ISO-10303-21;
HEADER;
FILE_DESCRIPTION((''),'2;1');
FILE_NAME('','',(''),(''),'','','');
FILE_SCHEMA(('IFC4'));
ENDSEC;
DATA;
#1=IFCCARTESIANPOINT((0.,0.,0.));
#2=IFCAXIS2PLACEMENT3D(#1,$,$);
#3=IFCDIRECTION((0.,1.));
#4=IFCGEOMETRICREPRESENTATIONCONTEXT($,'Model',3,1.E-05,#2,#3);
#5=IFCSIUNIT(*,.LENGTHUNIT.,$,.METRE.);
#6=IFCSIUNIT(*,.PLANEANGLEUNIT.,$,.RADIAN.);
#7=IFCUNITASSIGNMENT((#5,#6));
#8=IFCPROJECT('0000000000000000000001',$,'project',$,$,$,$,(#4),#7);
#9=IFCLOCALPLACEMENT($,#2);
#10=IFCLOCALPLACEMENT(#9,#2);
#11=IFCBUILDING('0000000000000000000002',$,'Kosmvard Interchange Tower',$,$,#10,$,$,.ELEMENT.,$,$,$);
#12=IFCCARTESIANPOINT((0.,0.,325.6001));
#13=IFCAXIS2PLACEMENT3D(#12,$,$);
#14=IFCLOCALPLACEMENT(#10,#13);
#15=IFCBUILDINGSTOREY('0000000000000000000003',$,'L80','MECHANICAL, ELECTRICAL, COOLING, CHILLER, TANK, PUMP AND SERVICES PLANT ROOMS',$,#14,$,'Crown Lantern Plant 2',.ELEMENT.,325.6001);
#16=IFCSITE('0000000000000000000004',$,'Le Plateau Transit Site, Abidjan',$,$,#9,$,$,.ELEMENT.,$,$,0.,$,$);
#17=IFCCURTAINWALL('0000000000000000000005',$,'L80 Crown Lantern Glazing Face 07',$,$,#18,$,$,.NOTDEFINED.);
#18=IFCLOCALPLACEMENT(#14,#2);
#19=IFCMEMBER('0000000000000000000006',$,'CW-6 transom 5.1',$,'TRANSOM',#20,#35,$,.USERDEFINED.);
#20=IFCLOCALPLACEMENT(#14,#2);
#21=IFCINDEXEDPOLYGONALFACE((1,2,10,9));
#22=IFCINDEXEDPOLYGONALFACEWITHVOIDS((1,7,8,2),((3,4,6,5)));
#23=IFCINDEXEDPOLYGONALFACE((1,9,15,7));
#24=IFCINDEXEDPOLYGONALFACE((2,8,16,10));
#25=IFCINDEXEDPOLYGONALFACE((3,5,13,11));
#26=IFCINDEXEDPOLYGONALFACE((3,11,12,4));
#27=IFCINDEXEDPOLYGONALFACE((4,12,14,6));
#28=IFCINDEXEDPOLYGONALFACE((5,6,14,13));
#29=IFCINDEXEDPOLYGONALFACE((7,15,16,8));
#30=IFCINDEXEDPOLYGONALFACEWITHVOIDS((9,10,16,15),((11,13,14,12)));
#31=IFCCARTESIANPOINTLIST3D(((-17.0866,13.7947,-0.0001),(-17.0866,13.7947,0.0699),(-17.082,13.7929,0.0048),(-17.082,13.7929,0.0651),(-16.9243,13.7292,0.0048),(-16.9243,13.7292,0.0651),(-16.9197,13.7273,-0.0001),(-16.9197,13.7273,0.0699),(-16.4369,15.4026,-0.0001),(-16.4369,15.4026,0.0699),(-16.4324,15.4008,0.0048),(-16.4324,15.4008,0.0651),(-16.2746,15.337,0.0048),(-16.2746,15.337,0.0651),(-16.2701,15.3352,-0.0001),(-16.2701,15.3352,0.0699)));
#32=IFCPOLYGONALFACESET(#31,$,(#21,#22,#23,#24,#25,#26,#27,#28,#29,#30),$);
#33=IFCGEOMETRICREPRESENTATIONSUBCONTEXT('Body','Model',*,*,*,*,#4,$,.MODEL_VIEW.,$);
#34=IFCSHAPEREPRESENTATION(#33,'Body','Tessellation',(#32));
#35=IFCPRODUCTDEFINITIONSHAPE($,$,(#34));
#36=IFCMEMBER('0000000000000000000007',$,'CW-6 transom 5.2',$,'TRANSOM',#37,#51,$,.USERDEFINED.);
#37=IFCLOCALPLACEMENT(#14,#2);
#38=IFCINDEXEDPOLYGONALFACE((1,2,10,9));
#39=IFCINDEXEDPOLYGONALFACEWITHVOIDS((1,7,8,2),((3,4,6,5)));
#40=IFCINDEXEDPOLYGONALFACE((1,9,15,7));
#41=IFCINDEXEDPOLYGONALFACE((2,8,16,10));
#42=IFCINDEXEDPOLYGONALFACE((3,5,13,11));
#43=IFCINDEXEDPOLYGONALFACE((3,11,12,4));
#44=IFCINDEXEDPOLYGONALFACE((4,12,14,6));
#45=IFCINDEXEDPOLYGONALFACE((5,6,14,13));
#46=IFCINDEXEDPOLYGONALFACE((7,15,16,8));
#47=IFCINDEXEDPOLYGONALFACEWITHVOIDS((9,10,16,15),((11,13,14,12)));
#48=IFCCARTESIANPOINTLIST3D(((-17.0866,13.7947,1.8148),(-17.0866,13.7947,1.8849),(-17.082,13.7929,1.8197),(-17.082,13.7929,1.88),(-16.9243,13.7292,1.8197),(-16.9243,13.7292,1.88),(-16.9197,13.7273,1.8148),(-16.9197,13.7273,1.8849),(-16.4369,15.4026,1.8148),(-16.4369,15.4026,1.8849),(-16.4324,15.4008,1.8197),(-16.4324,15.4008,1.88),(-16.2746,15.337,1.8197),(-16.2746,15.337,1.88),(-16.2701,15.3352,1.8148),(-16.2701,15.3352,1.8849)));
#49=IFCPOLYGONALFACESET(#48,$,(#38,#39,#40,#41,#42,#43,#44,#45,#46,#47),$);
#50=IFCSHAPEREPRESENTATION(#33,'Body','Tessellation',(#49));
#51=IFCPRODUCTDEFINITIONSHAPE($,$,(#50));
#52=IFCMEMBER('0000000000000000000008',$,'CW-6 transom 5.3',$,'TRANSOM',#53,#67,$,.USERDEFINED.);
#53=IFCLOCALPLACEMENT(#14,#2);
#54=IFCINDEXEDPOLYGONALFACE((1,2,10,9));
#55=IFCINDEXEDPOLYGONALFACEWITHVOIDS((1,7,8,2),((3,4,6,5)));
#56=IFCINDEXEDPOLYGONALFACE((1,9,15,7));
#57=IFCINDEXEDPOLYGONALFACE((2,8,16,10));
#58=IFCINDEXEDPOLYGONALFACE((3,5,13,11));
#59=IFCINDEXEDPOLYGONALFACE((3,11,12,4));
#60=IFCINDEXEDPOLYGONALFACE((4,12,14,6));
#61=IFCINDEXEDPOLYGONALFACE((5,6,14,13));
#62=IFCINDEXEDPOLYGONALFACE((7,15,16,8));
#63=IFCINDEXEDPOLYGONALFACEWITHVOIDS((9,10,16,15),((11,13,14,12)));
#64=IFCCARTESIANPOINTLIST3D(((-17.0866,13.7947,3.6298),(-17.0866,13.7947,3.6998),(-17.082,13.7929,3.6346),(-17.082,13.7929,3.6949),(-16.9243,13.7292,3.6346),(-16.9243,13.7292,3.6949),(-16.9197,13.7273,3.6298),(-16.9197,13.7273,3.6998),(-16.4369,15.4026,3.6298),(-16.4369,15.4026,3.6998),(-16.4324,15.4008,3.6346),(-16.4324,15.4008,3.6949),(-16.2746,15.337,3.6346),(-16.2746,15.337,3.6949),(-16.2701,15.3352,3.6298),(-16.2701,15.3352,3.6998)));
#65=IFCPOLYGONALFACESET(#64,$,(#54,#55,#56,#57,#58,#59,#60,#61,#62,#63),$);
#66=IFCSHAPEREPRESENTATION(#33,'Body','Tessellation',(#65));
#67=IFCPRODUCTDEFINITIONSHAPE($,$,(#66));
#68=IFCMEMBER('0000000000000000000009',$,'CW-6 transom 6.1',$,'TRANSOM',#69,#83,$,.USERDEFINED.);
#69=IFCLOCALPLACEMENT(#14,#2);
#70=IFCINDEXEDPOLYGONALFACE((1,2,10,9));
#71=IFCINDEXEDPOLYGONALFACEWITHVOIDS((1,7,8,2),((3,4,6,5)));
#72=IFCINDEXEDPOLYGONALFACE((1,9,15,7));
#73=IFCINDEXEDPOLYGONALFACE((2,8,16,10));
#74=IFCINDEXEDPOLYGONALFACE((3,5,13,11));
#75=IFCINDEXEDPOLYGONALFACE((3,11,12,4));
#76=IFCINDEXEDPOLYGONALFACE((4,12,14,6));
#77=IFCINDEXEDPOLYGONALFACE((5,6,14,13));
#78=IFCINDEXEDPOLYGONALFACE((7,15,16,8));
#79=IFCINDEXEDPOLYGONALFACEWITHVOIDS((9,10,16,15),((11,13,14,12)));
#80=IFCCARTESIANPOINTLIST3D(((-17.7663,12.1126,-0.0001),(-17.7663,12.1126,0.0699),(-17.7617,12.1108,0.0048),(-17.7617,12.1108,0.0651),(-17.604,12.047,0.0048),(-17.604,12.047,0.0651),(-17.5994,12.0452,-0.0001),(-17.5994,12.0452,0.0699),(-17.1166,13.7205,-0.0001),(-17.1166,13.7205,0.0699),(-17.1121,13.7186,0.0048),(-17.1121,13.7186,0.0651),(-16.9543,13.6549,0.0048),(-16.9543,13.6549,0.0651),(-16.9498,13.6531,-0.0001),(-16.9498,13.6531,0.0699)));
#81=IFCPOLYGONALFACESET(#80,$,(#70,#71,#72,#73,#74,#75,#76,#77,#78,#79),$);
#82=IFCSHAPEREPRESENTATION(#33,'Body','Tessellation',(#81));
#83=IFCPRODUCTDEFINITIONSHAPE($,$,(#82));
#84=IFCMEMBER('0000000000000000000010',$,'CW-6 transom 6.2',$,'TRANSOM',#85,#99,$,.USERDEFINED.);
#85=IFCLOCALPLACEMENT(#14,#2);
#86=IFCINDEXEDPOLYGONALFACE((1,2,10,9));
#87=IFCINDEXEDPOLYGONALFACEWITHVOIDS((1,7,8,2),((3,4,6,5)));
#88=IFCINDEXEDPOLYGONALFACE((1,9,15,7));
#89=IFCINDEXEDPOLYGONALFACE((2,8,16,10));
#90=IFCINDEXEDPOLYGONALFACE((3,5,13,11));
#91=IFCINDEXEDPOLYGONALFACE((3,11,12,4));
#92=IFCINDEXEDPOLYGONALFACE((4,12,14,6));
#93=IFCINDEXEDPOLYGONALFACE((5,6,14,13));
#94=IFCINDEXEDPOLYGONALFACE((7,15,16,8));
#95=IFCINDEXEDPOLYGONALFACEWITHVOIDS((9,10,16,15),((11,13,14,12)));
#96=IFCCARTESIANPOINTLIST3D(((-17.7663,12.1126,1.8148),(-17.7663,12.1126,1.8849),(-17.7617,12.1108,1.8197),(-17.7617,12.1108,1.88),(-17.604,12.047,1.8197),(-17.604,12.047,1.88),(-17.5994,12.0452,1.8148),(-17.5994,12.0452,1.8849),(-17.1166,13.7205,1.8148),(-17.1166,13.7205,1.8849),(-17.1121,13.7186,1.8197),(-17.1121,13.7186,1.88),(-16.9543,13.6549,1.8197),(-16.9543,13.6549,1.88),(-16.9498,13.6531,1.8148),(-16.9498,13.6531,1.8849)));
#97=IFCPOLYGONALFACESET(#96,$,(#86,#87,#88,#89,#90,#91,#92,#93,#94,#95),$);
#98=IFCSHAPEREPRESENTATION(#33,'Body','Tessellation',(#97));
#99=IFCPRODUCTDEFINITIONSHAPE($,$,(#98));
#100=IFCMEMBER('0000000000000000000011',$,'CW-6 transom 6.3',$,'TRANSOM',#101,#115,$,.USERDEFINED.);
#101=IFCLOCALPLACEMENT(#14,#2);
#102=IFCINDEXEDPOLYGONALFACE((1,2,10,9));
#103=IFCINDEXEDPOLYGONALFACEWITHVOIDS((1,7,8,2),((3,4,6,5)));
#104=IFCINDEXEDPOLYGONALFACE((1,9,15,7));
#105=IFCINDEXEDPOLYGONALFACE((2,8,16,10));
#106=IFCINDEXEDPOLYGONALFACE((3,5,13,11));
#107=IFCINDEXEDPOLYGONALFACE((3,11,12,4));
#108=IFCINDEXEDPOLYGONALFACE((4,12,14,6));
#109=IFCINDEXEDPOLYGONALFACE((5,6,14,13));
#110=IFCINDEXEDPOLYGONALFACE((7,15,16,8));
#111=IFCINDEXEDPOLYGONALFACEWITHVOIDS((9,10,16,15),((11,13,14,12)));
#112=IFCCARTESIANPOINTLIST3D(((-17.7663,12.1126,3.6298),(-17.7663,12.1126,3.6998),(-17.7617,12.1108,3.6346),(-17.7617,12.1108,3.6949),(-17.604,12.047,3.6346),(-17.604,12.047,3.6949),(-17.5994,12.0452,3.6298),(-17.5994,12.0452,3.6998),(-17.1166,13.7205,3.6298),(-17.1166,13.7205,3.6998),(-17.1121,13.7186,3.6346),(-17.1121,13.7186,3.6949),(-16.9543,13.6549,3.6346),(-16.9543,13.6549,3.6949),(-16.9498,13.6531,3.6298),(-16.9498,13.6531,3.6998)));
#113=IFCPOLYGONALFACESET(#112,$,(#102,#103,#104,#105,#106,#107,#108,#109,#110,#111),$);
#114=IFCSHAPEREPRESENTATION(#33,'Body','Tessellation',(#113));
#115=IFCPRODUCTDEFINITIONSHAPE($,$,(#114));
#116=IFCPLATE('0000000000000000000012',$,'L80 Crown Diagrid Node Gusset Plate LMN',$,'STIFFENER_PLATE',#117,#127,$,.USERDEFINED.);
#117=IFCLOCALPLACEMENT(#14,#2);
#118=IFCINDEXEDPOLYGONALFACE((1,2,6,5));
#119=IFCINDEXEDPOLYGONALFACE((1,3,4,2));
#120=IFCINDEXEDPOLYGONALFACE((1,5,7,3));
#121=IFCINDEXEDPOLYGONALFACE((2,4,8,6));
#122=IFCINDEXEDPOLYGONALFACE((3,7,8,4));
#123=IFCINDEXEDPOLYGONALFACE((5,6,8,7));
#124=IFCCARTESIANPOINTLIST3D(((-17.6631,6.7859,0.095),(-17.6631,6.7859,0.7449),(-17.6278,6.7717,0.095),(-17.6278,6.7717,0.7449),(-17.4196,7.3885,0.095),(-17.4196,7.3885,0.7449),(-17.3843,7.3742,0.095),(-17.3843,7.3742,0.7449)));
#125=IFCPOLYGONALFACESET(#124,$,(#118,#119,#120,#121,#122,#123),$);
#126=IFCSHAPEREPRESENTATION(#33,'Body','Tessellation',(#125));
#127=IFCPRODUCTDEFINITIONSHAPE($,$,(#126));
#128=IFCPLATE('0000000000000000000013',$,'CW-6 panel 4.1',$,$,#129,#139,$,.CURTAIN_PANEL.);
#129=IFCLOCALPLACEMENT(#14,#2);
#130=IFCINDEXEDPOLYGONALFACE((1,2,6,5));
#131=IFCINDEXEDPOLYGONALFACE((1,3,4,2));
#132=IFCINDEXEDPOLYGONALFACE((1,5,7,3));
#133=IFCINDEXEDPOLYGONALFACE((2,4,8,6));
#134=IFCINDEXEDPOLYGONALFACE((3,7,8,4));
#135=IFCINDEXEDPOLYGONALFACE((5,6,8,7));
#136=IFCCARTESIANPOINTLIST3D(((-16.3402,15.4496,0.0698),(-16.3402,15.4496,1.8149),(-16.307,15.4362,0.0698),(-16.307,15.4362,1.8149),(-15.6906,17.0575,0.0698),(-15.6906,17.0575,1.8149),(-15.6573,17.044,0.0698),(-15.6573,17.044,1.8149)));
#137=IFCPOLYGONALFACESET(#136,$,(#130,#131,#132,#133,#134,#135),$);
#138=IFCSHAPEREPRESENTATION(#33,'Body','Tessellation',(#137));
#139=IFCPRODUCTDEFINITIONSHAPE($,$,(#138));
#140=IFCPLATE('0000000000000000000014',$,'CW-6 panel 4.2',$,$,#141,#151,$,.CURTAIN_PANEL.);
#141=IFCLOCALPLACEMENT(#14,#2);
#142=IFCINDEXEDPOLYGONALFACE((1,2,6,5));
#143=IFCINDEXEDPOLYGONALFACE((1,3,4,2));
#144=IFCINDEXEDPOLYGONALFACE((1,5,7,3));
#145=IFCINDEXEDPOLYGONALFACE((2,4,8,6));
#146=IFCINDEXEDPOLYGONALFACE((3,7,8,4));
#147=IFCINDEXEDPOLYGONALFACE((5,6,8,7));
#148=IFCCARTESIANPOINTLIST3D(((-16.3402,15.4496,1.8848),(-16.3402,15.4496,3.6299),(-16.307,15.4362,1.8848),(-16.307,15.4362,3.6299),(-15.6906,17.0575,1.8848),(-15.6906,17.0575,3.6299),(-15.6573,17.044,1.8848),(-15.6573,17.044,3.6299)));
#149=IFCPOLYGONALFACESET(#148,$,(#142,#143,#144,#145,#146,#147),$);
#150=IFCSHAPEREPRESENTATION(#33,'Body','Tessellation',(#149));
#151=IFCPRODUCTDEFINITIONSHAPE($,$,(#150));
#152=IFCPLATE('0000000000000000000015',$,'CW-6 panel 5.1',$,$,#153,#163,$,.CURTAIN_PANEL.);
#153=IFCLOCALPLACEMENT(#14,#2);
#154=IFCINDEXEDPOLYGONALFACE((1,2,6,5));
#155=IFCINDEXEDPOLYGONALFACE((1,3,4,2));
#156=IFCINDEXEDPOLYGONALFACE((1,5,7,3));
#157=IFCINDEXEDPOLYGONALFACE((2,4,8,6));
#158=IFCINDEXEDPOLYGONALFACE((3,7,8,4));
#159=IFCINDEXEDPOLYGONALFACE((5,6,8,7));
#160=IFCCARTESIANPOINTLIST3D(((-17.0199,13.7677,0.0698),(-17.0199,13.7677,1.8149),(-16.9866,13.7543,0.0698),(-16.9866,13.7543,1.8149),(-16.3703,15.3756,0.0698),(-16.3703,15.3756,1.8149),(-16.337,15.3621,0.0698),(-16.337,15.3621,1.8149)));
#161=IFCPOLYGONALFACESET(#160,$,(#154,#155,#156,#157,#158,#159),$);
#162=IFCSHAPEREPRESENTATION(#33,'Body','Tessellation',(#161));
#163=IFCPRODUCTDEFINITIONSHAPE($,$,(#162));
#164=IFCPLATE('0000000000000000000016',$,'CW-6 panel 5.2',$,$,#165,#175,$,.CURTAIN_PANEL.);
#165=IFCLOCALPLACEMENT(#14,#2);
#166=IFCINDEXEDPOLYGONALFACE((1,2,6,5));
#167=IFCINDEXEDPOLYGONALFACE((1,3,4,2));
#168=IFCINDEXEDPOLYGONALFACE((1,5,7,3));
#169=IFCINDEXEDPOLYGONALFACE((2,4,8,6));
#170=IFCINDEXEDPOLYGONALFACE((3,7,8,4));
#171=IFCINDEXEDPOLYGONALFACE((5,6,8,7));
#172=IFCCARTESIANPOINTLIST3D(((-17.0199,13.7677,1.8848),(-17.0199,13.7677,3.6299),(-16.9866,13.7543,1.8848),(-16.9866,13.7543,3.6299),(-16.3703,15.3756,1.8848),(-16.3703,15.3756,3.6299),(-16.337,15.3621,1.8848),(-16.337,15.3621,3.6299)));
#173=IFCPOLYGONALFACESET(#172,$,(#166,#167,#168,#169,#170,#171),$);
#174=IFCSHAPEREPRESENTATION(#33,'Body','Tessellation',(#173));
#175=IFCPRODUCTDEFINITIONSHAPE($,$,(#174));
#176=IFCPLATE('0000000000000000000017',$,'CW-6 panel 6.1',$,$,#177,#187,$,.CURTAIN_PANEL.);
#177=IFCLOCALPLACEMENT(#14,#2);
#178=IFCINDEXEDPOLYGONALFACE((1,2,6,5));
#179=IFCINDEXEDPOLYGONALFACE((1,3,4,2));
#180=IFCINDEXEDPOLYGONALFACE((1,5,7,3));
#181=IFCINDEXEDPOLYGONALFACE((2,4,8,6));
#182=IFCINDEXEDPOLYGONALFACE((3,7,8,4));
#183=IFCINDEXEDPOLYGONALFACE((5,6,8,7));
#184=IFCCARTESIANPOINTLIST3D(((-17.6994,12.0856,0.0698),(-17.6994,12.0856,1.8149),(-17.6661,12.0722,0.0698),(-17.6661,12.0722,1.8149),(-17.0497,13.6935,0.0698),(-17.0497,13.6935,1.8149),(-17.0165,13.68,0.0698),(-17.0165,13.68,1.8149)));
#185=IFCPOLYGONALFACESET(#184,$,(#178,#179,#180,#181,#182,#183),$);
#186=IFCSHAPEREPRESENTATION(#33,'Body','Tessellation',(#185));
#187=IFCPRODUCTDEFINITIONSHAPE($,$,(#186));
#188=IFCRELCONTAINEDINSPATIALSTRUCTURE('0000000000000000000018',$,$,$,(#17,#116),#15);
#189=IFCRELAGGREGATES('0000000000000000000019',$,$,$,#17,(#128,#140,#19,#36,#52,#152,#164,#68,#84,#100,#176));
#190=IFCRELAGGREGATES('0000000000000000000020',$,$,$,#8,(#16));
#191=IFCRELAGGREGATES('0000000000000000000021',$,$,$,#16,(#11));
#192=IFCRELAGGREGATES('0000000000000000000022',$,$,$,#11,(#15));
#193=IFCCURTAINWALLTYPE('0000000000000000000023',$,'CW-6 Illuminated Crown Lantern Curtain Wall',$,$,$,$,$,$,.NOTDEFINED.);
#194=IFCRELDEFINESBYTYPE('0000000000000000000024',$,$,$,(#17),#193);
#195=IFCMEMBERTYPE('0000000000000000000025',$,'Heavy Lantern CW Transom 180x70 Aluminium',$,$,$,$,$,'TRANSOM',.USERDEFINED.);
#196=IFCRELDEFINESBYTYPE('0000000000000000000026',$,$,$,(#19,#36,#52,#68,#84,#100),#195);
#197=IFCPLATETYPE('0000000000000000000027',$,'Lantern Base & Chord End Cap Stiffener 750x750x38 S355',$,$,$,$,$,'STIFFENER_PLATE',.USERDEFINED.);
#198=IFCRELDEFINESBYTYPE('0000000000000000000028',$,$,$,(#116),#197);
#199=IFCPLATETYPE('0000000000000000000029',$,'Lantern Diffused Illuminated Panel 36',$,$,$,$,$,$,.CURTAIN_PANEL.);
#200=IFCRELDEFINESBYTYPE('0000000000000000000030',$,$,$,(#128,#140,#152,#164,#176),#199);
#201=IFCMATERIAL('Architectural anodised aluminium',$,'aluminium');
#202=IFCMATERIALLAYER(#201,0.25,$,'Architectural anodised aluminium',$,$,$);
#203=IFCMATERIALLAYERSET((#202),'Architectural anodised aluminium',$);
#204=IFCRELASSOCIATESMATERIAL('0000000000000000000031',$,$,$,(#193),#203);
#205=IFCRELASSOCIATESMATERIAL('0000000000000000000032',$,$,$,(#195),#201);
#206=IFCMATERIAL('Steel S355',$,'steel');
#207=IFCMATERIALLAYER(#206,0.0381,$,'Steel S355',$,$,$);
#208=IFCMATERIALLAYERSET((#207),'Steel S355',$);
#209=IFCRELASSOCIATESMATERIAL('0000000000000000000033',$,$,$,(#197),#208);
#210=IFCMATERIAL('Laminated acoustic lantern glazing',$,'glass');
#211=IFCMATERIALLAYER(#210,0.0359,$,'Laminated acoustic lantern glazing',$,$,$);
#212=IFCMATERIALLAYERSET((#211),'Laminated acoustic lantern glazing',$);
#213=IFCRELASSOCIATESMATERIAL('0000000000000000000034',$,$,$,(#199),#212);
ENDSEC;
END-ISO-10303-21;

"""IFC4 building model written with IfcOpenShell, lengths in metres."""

from ifc_helpers import new_model, si_unit, direction, frame, origin, origin_2d, place, context, subcontext, project, spatial, rectangle, hollow_rectangle, extrude, source, transform, mapped, material, layer, layer_set, material_profile, profile_set, type_object, element, aggregate, save


model = new_model("IFC4")

# Units and contexts
model_context = context("Model", 3, precision=1e-05, world=origin(), true_north=direction((0.0, 1.0)))
body_context = subcontext(model_context, "Body", "Model", "MODEL_VIEW")
ifc_project = project(units=[si_unit("LENGTHUNIT", "METRE"), si_unit("PLANEANGLEUNIT", "RADIAN")], contexts=[model_context])

# Site, building, storey
site_placement = place(None, origin())
site = spatial("IfcSite", under=ifc_project, at=site_placement, Name="Le Plateau Transit Site, Abidjan", CompositionType="ELEMENT", RefElevation=0.0)
building_placement = place(site_placement, origin())
building = spatial("IfcBuilding", under=site, at=building_placement, Name="Kosmvard Interchange Tower", CompositionType="ELEMENT")
storey_placement = place(building_placement, frame((0.0, 0.0, 325.6001)))
storey = spatial("IfcBuildingStorey", under=building, at=storey_placement, Name="L80", Description="MECHANICAL, ELECTRICAL, COOLING, CHILLER, TANK, PUMP AND SERVICES PLANT ROOMS", LongName="Crown Lantern Plant 2", CompositionType="ELEMENT", Elevation=325.6001)

# Shared definitions
ifc_material_1 = material(Name="Steel S355", Category="steel")

# Curtain wall, members
ifc_material_2 = material(Name="Architectural anodised aluminium", Category="aluminium")
ifc_layer_1 = layer(ifc_material_2, 0.25, Name="Architectural anodised aluminium")
ifc_layer_set_1 = layer_set([ifc_layer_1], Name="Architectural anodised aluminium")
curtain_wall_type = type_object("IfcCurtainWallType", Name="CW-6 Illuminated Crown Lantern Curtain Wall", PredefinedType="NOTDEFINED", material=ifc_layer_set_1)
curtain_wall_placement = place(storey_placement, origin())
curtain_wall = element("IfcCurtainWall", 1, at=curtain_wall_placement, inside=storey, type_object=curtain_wall_type, Name="L80 Crown Lantern Glazing Face 07", PredefinedType="NOTDEFINED")
ifc_material_profile_1 = material_profile(ifc_material_2, hollow_rectangle(XDim=0.1799, YDim=0.0701, WallThickness=0.0049, at=origin_2d()), Name="CWT 180x70x5")
ifc_profile_set_1 = profile_set([ifc_material_profile_1], Name="Architectural anodised aluminium")
member_type_1 = type_object("IfcMemberType", Name="Heavy Lantern CW Transom 180x70 Aluminium", ElementType="TRANSOM", PredefinedType="USERDEFINED", material=ifc_profile_set_1)
shared_shape_1 = source(origin(), body_context, "Body", "SweptSolid", [
    extrude(hollow_rectangle(XDim=0.1799, YDim=0.0701, WallThickness=0.0049, at=origin_2d()), origin(), (0.0, 0.0, 1.0), 1.7341),
])
member_1_placement = place(storey_placement, frame((-16.3535, 15.3689, 0.0349), z_axis=(-0.374617, -0.92718, 0.0), x_axis=(0.92718, -0.374617, 0.0)))
member_1 = element("IfcMember", 2, at=member_1_placement, type_object=member_type_1, Name="CW-6 transom 5.1", ObjectType="TRANSOM", PredefinedType="USERDEFINED", context=body_context, shape_type="MappedRepresentation", body=[
    mapped(shared_shape_1, transform((0.0, 0.0, 0.0), scale=1.0)),
])
member_2_placement = place(storey_placement, frame((-16.3535, 15.3689, 1.8499), z_axis=(-0.374617, -0.92718, 0.0), x_axis=(0.92718, -0.374617, 0.0)))
member_2 = element("IfcMember", 3, at=member_2_placement, type_object=member_type_1, Name="CW-6 transom 5.2", ObjectType="TRANSOM", PredefinedType="USERDEFINED", context=body_context, shape_type="MappedRepresentation", body=[
    mapped(shared_shape_1, transform((0.0, 0.0, 0.0), scale=1.0)),
])
member_3_placement = place(storey_placement, frame((-16.3535, 15.3689, 3.6648), z_axis=(-0.374617, -0.92718, 0.0), x_axis=(0.92718, -0.374617, 0.0)))
member_3 = element("IfcMember", 4, at=member_3_placement, type_object=member_type_1, Name="CW-6 transom 5.3", ObjectType="TRANSOM", PredefinedType="USERDEFINED", context=body_context, shape_type="MappedRepresentation", body=[
    mapped(shared_shape_1, transform((0.0, 0.0, 0.0), scale=1.0)),
])
member_4_placement = place(storey_placement, frame((-17.0332, 13.6868, 0.0349), z_axis=(-0.374617, -0.92718, 0.0), x_axis=(0.92718, -0.374617, 0.0)))
member_4 = element("IfcMember", 5, at=member_4_placement, type_object=member_type_1, Name="CW-6 transom 6.1", ObjectType="TRANSOM", PredefinedType="USERDEFINED", context=body_context, shape_type="MappedRepresentation", body=[
    mapped(shared_shape_1, transform((0.0, 0.0, 0.0), scale=1.0)),
])
member_5_placement = place(storey_placement, frame((-17.0332, 13.6868, 1.8499), z_axis=(-0.374617, -0.92718, 0.0), x_axis=(0.92718, -0.374617, 0.0)))
member_5 = element("IfcMember", 6, at=member_5_placement, type_object=member_type_1, Name="CW-6 transom 6.2", ObjectType="TRANSOM", PredefinedType="USERDEFINED", context=body_context, shape_type="MappedRepresentation", body=[
    mapped(shared_shape_1, transform((0.0, 0.0, 0.0), scale=1.0)),
])
member_6_placement = place(storey_placement, frame((-17.0332, 13.6868, 3.6648), z_axis=(-0.374617, -0.92718, 0.0), x_axis=(0.92718, -0.374617, 0.0)))
member_6 = element("IfcMember", 7, at=member_6_placement, type_object=member_type_1, Name="CW-6 transom 6.3", ObjectType="TRANSOM", PredefinedType="USERDEFINED", context=body_context, shape_type="MappedRepresentation", body=[
    mapped(shared_shape_1, transform((0.0, 0.0, 0.0), scale=1.0)),
])

# Plates
ifc_layer_2 = layer(ifc_material_1, 0.0381, Name="Steel S355")
ifc_layer_set_2 = layer_set([ifc_layer_2], Name="Steel S355")
plate_type_1 = type_object("IfcPlateType", Name="Lantern Base & Chord End Cap Stiffener 750x750x38 S355", ElementType="STIFFENER_PLATE", PredefinedType="USERDEFINED", material=ifc_layer_set_2)
shared_shape_2 = source(origin(), body_context, "Body", "SweptSolid", [
    extrude(rectangle(XDim=0.6499, YDim=0.0381, at=origin_2d()), origin(), (0.0, 0.0, 1.0), 0.6499),
])
plate_1_placement = place(storey_placement, frame((-17.5237, 7.0801, 0.095), z_axis=(0.0, 0.0, 1.0), x_axis=(0.374607, 0.927184, 0.0)))
element("IfcPlate", 8, at=plate_1_placement, inside=storey, type_object=plate_type_1, Name="L80 Crown Diagrid Node Gusset Plate LMN", ObjectType="STIFFENER_PLATE", PredefinedType="USERDEFINED", context=body_context, shape_type="MappedRepresentation", body=[
    mapped(shared_shape_2, transform((0.0, 0.0, 0.0), scale=1.0)),
])
ifc_material_3 = material(Name="Laminated acoustic lantern glazing", Category="glass")
ifc_layer_3 = layer(ifc_material_3, 0.0359, Name="Laminated acoustic lantern glazing")
ifc_layer_set_3 = layer_set([ifc_layer_3], Name="Laminated acoustic lantern glazing")
plate_type_2 = type_object("IfcPlateType", Name="Lantern Diffused Illuminated Panel 36", PredefinedType="CURTAIN_PANEL", material=ifc_layer_set_3)
shared_shape_3 = source(origin(), body_context, "Body", "SweptSolid", [
    extrude(rectangle(XDim=1.7341, YDim=0.0359, at=origin_2d()), origin(), (0.0, 0.0, 1.0), 1.7451),
])
plate_2_placement = place(storey_placement, frame((-15.9988, 16.2468, 0.0698), z_axis=(0.0, 0.0, 1.0), x_axis=(-0.374607, -0.927184, 0.0)))
plate_2 = element("IfcPlate", 9, at=plate_2_placement, type_object=plate_type_2, Name="CW-6 panel 4.1", PredefinedType="CURTAIN_PANEL", context=body_context, shape_type="MappedRepresentation", body=[
    mapped(shared_shape_3, transform((0.0, 0.0, 0.0), scale=1.0)),
])
plate_3_placement = place(storey_placement, frame((-15.9988, 16.2468, 1.8848), z_axis=(0.0, 0.0, 1.0), x_axis=(-0.374607, -0.927184, 0.0)))
plate_3 = element("IfcPlate", 10, at=plate_3_placement, type_object=plate_type_2, Name="CW-6 panel 4.2", PredefinedType="CURTAIN_PANEL", context=body_context, shape_type="MappedRepresentation", body=[
    mapped(shared_shape_3, transform((0.0, 0.0, 0.0), scale=1.0)),
])
plate_4_placement = place(storey_placement, frame((-16.6785, 14.5649, 0.0698), z_axis=(0.0, 0.0, 1.0), x_axis=(-0.374607, -0.927184, 0.0)))
plate_4 = element("IfcPlate", 11, at=plate_4_placement, type_object=plate_type_2, Name="CW-6 panel 5.1", PredefinedType="CURTAIN_PANEL", context=body_context, shape_type="MappedRepresentation", body=[
    mapped(shared_shape_3, transform((0.0, 0.0, 0.0), scale=1.0)),
])
plate_5_placement = place(storey_placement, frame((-16.6785, 14.5649, 1.8848), z_axis=(0.0, 0.0, 1.0), x_axis=(-0.374607, -0.927184, 0.0)))
plate_5 = element("IfcPlate", 12, at=plate_5_placement, type_object=plate_type_2, Name="CW-6 panel 5.2", PredefinedType="CURTAIN_PANEL", context=body_context, shape_type="MappedRepresentation", body=[
    mapped(shared_shape_3, transform((0.0, 0.0, 0.0), scale=1.0)),
])
plate_6_placement = place(storey_placement, frame((-17.3579, 12.8828, 0.0698), z_axis=(0.0, 0.0, 1.0), x_axis=(-0.374607, -0.927184, 0.0)))
plate_6 = element("IfcPlate", 13, at=plate_6_placement, type_object=plate_type_2, Name="CW-6 panel 6.1", PredefinedType="CURTAIN_PANEL", context=body_context, shape_type="MappedRepresentation", body=[
    mapped(shared_shape_3, transform((0.0, 0.0, 0.0), scale=1.0)),
])
aggregate(curtain_wall, [plate_2, plate_3, member_1, member_2, member_3, plate_4, plate_5, member_4, member_5, member_6, plate_6])

save(model, "model.ifc")
